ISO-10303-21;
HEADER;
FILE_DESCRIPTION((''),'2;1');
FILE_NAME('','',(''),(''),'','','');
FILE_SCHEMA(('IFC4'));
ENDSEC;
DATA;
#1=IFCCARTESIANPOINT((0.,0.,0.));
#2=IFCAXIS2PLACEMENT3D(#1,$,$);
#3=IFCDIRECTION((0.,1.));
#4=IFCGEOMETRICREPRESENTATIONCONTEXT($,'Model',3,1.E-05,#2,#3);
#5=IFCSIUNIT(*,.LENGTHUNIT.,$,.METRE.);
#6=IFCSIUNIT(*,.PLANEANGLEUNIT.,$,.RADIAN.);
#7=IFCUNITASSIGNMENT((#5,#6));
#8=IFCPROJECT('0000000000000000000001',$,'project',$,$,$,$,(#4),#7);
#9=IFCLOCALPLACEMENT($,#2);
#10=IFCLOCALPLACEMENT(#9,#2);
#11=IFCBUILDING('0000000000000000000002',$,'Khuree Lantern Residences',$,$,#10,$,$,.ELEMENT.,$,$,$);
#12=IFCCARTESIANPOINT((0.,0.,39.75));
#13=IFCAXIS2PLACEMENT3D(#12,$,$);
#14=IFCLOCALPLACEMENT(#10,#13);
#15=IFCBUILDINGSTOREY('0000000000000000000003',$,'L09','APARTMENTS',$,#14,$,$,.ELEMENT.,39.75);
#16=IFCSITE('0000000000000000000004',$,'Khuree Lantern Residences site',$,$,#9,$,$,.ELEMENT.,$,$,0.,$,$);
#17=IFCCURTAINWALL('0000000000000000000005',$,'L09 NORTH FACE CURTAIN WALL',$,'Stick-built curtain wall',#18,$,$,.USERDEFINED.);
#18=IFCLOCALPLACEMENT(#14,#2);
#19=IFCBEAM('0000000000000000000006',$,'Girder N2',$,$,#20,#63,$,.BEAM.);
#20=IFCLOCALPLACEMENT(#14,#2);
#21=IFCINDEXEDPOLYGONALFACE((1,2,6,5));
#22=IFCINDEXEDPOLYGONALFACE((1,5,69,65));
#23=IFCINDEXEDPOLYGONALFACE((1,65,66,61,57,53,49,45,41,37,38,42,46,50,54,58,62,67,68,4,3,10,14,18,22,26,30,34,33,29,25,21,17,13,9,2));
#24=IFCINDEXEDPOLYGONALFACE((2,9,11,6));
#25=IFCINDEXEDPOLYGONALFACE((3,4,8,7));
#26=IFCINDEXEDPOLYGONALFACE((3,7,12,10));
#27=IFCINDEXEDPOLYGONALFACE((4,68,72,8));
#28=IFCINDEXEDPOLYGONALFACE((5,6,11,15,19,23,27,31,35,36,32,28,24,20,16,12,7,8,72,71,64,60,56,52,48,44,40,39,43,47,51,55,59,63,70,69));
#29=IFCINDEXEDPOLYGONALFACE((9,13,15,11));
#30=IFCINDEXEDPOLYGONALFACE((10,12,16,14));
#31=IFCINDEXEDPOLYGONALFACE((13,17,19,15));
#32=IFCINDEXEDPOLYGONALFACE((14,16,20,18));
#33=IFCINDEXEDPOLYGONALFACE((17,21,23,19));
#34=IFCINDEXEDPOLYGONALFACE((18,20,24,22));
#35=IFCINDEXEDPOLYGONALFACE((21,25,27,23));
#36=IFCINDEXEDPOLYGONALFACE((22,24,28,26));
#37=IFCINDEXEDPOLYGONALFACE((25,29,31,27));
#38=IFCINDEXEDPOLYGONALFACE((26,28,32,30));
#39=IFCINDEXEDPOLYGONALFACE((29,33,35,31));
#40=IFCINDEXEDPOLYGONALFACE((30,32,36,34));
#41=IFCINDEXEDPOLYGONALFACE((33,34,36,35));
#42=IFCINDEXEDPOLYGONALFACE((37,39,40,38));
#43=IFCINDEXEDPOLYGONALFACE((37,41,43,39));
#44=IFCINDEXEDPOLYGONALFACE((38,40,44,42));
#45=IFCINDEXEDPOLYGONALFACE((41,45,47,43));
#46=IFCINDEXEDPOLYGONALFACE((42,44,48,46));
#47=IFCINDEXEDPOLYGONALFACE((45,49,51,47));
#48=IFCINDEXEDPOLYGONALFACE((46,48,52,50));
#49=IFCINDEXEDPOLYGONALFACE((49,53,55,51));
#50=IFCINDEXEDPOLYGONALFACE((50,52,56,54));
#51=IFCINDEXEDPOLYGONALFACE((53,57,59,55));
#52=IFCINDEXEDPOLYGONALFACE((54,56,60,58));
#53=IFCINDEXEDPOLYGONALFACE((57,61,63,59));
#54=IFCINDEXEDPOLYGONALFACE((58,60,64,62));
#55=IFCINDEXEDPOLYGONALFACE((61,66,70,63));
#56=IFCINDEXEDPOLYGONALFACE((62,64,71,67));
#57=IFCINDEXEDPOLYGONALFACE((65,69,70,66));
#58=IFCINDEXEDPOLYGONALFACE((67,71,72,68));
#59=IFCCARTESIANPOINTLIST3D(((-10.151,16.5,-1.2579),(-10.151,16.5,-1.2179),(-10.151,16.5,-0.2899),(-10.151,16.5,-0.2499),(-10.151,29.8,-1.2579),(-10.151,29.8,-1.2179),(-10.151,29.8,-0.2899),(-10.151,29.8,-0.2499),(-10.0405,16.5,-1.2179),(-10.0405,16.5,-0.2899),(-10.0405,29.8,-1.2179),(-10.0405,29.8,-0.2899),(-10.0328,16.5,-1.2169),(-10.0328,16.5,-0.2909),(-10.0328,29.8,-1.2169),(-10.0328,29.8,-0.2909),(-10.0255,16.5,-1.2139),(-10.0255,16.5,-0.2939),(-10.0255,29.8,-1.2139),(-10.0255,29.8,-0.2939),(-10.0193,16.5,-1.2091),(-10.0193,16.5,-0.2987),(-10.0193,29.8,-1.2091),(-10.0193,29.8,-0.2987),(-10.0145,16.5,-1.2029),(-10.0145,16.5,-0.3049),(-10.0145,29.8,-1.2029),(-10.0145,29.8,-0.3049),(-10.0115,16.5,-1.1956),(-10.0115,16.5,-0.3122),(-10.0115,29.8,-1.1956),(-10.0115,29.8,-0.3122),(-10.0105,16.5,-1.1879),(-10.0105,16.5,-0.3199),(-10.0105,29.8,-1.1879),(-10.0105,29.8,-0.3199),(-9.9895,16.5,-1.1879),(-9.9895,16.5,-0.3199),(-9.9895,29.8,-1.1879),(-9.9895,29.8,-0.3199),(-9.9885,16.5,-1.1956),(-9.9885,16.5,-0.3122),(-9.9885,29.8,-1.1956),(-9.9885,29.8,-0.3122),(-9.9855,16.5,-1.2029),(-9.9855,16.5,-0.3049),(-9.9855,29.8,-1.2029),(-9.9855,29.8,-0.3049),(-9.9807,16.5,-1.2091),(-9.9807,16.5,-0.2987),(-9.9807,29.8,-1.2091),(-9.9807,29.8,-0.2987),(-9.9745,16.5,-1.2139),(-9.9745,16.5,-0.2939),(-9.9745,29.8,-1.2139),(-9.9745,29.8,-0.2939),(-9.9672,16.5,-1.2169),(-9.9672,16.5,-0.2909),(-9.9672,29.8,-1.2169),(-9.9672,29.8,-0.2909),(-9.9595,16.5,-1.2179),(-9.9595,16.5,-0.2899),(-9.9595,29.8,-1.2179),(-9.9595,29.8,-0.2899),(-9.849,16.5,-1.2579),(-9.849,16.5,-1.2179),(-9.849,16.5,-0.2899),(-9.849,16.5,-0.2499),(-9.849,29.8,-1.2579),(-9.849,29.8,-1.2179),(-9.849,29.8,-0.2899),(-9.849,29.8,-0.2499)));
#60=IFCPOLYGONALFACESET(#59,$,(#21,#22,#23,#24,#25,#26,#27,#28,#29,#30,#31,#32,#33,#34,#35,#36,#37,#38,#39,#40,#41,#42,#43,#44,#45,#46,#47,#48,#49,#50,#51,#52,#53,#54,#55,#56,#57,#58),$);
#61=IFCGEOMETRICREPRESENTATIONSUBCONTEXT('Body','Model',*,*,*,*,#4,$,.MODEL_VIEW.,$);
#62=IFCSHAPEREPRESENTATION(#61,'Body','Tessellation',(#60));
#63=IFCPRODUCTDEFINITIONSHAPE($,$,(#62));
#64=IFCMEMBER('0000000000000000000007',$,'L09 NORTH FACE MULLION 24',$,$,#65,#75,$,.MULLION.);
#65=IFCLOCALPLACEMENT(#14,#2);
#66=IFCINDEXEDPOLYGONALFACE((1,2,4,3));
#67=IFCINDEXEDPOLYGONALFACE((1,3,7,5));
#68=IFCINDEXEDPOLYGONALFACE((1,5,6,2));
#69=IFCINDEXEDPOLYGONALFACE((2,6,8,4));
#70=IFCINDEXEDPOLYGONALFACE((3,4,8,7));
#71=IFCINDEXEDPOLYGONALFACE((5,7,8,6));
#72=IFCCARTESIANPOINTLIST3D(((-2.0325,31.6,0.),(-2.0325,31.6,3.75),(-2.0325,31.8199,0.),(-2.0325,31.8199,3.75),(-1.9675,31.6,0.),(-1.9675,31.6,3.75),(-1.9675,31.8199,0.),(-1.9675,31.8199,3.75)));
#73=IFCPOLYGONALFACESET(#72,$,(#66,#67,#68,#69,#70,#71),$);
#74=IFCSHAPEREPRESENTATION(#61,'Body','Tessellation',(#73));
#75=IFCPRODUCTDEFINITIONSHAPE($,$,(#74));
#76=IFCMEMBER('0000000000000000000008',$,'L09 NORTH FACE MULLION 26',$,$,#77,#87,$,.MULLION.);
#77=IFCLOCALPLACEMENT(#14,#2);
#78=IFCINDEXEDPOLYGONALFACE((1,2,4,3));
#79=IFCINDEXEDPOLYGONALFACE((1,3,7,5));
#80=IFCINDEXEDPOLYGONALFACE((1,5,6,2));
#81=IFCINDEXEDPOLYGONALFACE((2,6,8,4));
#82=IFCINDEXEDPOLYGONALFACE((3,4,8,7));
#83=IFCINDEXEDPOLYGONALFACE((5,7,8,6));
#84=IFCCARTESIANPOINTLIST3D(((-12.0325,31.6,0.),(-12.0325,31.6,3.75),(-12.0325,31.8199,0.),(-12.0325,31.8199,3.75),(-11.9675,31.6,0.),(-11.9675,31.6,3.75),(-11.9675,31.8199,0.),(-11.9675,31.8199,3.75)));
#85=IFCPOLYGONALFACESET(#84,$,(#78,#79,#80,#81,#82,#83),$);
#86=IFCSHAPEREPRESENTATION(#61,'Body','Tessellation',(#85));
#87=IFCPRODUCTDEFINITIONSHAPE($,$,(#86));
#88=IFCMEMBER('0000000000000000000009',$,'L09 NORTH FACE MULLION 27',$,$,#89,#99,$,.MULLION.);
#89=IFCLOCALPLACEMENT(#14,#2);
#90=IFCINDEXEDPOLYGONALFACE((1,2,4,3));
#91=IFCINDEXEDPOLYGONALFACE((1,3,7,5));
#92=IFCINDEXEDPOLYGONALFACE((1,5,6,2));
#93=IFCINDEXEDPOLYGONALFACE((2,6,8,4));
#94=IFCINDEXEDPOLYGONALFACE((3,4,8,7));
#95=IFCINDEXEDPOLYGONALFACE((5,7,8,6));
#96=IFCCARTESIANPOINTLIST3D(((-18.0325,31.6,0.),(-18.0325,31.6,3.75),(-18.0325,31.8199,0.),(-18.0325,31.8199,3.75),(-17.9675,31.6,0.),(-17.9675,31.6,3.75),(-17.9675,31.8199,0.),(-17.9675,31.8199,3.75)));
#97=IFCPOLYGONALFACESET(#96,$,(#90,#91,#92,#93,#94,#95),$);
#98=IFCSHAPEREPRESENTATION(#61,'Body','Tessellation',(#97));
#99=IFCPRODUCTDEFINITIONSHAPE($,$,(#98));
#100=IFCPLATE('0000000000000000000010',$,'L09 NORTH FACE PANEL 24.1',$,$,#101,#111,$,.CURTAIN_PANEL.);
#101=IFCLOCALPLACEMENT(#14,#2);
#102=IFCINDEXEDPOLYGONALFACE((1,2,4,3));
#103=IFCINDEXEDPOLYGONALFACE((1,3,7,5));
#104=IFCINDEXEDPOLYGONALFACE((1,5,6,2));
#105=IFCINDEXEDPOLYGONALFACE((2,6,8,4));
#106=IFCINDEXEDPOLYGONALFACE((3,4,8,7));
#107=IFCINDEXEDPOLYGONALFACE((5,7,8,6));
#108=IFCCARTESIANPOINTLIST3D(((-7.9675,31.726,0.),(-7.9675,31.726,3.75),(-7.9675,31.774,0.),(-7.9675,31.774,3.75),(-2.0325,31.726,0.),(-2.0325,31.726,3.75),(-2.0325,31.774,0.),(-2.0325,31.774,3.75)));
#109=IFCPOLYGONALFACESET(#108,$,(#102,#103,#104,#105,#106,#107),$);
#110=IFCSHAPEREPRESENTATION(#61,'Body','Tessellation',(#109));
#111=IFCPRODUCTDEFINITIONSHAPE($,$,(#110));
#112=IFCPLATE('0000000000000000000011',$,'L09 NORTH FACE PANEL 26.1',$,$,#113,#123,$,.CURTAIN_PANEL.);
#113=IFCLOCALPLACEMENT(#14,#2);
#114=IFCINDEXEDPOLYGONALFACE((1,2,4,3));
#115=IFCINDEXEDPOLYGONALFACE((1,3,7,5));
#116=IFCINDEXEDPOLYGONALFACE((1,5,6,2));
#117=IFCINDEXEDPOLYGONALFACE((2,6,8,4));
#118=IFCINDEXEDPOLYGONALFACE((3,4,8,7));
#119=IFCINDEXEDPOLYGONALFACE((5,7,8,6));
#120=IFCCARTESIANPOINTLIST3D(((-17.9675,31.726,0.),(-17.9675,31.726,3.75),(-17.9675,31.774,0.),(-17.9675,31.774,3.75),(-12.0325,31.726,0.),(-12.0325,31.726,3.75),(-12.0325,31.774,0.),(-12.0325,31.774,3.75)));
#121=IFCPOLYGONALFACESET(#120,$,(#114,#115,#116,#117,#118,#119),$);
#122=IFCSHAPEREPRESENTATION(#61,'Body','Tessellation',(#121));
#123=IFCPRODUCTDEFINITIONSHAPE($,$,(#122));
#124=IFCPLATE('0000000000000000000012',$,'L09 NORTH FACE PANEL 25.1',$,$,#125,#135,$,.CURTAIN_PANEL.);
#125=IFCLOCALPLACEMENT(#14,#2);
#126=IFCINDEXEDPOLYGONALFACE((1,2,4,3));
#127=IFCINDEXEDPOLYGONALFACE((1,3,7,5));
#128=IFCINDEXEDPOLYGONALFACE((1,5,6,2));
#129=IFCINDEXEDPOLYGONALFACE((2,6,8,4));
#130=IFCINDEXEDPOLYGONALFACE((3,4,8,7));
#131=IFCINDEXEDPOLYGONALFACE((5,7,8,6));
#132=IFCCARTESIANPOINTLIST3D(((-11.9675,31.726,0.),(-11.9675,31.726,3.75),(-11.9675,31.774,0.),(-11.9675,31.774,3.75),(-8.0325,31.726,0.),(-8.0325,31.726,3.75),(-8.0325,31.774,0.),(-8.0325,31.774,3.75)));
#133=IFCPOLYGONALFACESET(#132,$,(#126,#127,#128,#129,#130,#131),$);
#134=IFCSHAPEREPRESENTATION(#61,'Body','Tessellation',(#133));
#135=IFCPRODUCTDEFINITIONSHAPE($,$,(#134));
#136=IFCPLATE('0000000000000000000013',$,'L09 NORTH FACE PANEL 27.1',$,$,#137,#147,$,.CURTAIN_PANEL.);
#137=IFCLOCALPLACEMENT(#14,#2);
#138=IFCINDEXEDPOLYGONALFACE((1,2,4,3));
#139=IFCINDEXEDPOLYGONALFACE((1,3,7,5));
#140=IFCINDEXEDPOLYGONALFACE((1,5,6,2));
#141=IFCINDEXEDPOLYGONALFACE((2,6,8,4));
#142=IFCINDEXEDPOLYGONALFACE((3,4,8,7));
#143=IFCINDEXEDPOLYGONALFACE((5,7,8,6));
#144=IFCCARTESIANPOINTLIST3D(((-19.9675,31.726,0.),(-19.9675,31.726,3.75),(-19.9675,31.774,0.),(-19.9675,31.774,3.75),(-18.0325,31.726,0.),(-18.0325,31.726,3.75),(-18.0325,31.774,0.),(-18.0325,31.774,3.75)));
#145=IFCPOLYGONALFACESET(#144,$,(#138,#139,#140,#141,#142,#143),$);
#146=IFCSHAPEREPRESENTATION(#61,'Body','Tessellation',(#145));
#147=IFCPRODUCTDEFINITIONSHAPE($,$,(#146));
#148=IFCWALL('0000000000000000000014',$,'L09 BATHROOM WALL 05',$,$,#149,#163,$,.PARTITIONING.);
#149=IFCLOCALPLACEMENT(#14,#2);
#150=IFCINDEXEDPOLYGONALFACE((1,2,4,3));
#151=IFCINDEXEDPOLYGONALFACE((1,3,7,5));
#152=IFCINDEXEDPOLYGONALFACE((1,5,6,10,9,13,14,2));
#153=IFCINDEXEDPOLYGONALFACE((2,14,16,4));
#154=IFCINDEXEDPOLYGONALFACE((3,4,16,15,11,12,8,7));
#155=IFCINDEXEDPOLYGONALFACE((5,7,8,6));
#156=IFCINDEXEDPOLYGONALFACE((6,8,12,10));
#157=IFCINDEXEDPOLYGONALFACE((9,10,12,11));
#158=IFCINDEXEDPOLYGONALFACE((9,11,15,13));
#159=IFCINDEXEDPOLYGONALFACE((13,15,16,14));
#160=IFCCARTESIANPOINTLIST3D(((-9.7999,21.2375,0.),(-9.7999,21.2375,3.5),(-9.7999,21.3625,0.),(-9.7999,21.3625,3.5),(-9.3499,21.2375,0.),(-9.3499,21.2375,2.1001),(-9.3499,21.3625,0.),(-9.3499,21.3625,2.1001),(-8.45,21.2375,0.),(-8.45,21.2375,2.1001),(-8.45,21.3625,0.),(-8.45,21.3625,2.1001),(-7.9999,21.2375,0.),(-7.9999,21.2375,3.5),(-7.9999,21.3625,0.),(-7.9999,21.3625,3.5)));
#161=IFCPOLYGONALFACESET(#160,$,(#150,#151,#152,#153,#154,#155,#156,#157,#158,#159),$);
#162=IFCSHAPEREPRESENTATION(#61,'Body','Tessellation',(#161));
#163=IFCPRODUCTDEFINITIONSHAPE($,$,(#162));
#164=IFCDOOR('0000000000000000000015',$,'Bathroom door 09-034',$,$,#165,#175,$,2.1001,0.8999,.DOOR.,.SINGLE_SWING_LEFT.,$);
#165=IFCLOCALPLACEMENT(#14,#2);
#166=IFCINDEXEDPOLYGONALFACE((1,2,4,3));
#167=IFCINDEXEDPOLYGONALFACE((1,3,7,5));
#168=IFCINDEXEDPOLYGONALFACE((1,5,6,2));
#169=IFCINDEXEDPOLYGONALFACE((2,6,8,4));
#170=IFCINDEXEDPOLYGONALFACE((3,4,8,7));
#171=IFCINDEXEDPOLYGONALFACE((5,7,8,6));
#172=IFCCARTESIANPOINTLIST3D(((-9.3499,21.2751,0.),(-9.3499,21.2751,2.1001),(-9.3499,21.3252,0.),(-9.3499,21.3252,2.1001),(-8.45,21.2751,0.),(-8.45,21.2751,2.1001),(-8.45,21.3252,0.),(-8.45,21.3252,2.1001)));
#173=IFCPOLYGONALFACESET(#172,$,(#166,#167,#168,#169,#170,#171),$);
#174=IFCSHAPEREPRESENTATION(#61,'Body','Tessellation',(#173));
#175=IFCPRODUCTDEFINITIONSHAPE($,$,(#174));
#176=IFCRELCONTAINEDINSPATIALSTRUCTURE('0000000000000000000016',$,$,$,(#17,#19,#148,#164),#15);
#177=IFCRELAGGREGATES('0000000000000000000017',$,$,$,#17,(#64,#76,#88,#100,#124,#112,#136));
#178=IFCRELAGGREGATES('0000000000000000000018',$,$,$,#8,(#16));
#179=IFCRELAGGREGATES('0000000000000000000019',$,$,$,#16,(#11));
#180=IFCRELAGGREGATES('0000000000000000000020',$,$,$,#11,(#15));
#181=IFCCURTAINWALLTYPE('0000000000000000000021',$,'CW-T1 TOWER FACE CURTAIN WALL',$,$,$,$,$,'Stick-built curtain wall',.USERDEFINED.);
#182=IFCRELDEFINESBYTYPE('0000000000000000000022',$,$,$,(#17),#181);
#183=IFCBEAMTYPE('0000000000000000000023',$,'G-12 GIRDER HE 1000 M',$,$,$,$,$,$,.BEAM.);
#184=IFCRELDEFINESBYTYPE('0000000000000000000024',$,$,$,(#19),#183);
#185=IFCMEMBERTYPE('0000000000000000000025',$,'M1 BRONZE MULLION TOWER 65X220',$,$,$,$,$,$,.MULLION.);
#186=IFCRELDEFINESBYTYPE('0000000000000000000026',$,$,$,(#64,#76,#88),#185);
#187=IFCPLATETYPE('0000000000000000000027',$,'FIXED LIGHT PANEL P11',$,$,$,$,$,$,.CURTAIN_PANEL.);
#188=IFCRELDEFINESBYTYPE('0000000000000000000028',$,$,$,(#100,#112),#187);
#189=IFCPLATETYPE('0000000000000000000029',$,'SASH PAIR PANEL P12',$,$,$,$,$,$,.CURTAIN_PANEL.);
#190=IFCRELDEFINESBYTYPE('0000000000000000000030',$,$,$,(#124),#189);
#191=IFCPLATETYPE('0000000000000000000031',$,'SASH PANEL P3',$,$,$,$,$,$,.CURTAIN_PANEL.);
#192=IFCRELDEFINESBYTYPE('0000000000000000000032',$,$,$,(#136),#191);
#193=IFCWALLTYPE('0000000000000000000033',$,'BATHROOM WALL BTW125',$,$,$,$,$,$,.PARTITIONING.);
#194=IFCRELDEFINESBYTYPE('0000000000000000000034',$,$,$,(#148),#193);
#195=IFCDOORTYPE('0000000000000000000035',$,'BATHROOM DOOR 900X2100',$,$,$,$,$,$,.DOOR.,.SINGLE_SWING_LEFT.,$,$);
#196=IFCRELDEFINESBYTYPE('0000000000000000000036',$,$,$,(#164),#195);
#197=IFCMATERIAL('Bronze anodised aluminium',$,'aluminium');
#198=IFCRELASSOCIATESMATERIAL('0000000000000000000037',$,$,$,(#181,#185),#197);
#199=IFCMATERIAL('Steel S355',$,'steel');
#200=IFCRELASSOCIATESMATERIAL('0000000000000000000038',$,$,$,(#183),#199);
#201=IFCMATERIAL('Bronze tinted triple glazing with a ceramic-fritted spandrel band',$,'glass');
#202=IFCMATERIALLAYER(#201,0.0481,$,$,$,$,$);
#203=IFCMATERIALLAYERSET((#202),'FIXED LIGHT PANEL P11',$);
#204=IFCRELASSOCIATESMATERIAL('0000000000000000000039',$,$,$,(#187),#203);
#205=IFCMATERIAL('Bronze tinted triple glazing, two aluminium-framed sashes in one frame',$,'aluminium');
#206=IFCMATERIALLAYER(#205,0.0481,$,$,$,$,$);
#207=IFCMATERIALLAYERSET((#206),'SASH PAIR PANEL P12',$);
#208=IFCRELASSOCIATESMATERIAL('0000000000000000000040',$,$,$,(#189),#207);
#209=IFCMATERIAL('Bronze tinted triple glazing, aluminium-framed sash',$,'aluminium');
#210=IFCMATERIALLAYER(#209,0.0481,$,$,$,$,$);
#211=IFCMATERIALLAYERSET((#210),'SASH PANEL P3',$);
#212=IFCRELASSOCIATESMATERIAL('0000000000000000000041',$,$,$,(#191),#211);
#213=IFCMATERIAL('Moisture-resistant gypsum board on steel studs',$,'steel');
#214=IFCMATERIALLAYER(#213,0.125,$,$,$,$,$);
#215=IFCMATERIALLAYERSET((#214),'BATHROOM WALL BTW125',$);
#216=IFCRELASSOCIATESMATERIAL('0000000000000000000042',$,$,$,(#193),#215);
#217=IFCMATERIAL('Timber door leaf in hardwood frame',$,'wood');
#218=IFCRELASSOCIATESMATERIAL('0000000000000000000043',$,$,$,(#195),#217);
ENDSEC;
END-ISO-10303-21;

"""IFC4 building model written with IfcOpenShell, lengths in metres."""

from ifc_helpers import new_model, si_unit, direction, frame, frame_2d, origin, origin_2d, place, context, subcontext, project, spatial, rectangle, i_section, extrude, material, layer, layer_set, material_profile, profile_set, type_object, element, fill, aggregate, save


model = new_model("IFC4")

# Units and contexts
model_context = context("Model", 3, precision=1e-05, world=origin(), true_north=direction((0.0, 1.0)))
body_context = subcontext(model_context, "Body", "Model", "MODEL_VIEW")
ifc_project = project(units=[si_unit("LENGTHUNIT", "METRE"), si_unit("PLANEANGLEUNIT", "RADIAN")], contexts=[model_context])

# Site, building, storey
site_placement = place(None, origin())
site = spatial("IfcSite", under=ifc_project, at=site_placement, Name="Khuree Lantern Residences site", CompositionType="ELEMENT", RefElevation=0.0)
building_placement = place(site_placement, origin())
building = spatial("IfcBuilding", under=site, at=building_placement, Name="Khuree Lantern Residences", CompositionType="ELEMENT")
storey_placement = place(building_placement, frame((0.0, 0.0, 39.75)))
storey = spatial("IfcBuildingStorey", under=building, at=storey_placement, Name="L09", Description="APARTMENTS", CompositionType="ELEMENT", Elevation=39.75)

# Shared definitions
ifc_material_1 = material(Name="Steel S355", Category="steel")

# Curtain wall
ifc_material_2 = material(Name="Bronze anodised aluminium", Category="aluminium")
curtain_wall_type = type_object("IfcCurtainWallType", Name="CW-T1 TOWER FACE CURTAIN WALL", ElementType="Stick-built curtain wall", PredefinedType="USERDEFINED", material=ifc_material_2)
curtain_wall_placement = place(storey_placement, origin())
curtain_wall = element("IfcCurtainWall", 1, at=curtain_wall_placement, inside=storey, type_object=curtain_wall_type, Name="L09 NORTH FACE CURTAIN WALL", ObjectType="Stick-built curtain wall", PredefinedType="USERDEFINED")

# Beam
ifc_material_profile_1 = material_profile(ifc_material_1, i_section(OverallWidth=0.302, OverallDepth=1.0081, WebThickness=0.021, FlangeThickness=0.04, FilletRadius=0.03, at=origin_2d()), Name="HE 1000 M")
ifc_profile_set_1 = profile_set([ifc_material_profile_1], Name="Steel S355")
beam_type_1 = type_object("IfcBeamType", Name="G-12 GIRDER HE 1000 M", PredefinedType="BEAM", material=ifc_profile_set_1)
beam_1_placement = place(storey_placement, frame((-10.0, 29.8, -0.7539), z_axis=(0.0, -1.0, 0.0), x_axis=(1.0, 0.0, 0.0)))
element("IfcBeam", 2, at=beam_1_placement, inside=storey, type_object=beam_type_1, Name="Girder N2", PredefinedType="BEAM", context=body_context, shape_type="SweptSolid", body=[
    extrude(i_section(OverallWidth=0.302, OverallDepth=1.0081, WebThickness=0.021, FlangeThickness=0.04, FilletRadius=0.03, at=origin_2d()), origin(), (0.0, 0.0, 1.0), 13.3),
])

# Members
ifc_material_profile_2 = material_profile(ifc_material_2, rectangle(XDim=0.0649, YDim=0.22, at=origin_2d()), Name="M1 65X220")
ifc_profile_set_2 = profile_set([ifc_material_profile_2], Name="Bronze anodised aluminium")
member_type_1 = type_object("IfcMemberType", Name="M1 BRONZE MULLION TOWER 65X220", PredefinedType="MULLION", material=ifc_profile_set_2)
member_1_placement = place(storey_placement, frame((-2.0, 31.71, 0.0), z_axis=(0.0, 0.0, 1.0), x_axis=(-1.0, 0.0, 0.0)))
member_1 = element("IfcMember", 3, at=member_1_placement, type_object=member_type_1, Name="L09 NORTH FACE MULLION 24", PredefinedType="MULLION", context=body_context, shape_type="SweptSolid", body=[
    extrude(rectangle(XDim=0.0649, YDim=0.22, at=origin_2d()), origin(), (0.0, 0.0, 1.0), 3.75),
])
member_2_placement = place(storey_placement, frame((-12.0, 31.71, 0.0), z_axis=(0.0, 0.0, 1.0), x_axis=(-1.0, 0.0, 0.0)))
member_2 = element("IfcMember", 4, at=member_2_placement, type_object=member_type_1, Name="L09 NORTH FACE MULLION 26", PredefinedType="MULLION", context=body_context, shape_type="SweptSolid", body=[
    extrude(rectangle(XDim=0.0649, YDim=0.22, at=origin_2d()), origin(), (0.0, 0.0, 1.0), 3.75),
])
member_3_placement = place(storey_placement, frame((-18.0, 31.71, 0.0), z_axis=(0.0, 0.0, 1.0), x_axis=(-1.0, 0.0, 0.0)))
member_3 = element("IfcMember", 5, at=member_3_placement, type_object=member_type_1, Name="L09 NORTH FACE MULLION 27", PredefinedType="MULLION", context=body_context, shape_type="SweptSolid", body=[
    extrude(rectangle(XDim=0.0649, YDim=0.22, at=origin_2d()), origin(), (0.0, 0.0, 1.0), 3.75),
])

# Plates
ifc_material_3 = material(Name="Bronze tinted triple glazing with a ceramic-fritted spandrel band", Category="glass")
ifc_layer_1 = layer(ifc_material_3, 0.0481)
ifc_layer_set_1 = layer_set([ifc_layer_1], Name="FIXED LIGHT PANEL P11")
plate_type_1 = type_object("IfcPlateType", Name="FIXED LIGHT PANEL P11", PredefinedType="CURTAIN_PANEL", material=ifc_layer_set_1)
plate_1_placement = place(storey_placement, frame((-5.0, 31.75, 0.0), z_axis=(0.0, 0.0, 1.0), x_axis=(-1.0, 0.0, 0.0)))
plate_1 = element("IfcPlate", 6, at=plate_1_placement, type_object=plate_type_1, Name="L09 NORTH FACE PANEL 24.1", PredefinedType="CURTAIN_PANEL", context=body_context, shape_type="SweptSolid", body=[
    extrude(rectangle(XDim=5.9351, YDim=0.0481, at=origin_2d()), origin(), (0.0, 0.0, 1.0), 3.75),
])
plate_2_placement = place(storey_placement, frame((-15.0, 31.75, 0.0), z_axis=(0.0, 0.0, 1.0), x_axis=(-1.0, 0.0, 0.0)))
plate_2 = element("IfcPlate", 7, at=plate_2_placement, type_object=plate_type_1, Name="L09 NORTH FACE PANEL 26.1", PredefinedType="CURTAIN_PANEL", context=body_context, shape_type="SweptSolid", body=[
    extrude(rectangle(XDim=5.9351, YDim=0.0481, at=origin_2d()), origin(), (0.0, 0.0, 1.0), 3.75),
])
ifc_material_4 = material(Name="Bronze tinted triple glazing, two aluminium-framed sashes in one frame", Category="aluminium")
ifc_layer_2 = layer(ifc_material_4, 0.0481)
ifc_layer_set_2 = layer_set([ifc_layer_2], Name="SASH PAIR PANEL P12")
plate_type_2 = type_object("IfcPlateType", Name="SASH PAIR PANEL P12", PredefinedType="CURTAIN_PANEL", material=ifc_layer_set_2)
plate_3_placement = place(storey_placement, frame((-10.0, 31.75, 0.0), z_axis=(0.0, 0.0, 1.0), x_axis=(-1.0, 0.0, 0.0)))
plate_3 = element("IfcPlate", 8, at=plate_3_placement, type_object=plate_type_2, Name="L09 NORTH FACE PANEL 25.1", PredefinedType="CURTAIN_PANEL", context=body_context, shape_type="SweptSolid", body=[
    extrude(rectangle(XDim=3.9351, YDim=0.0481, at=origin_2d()), origin(), (0.0, 0.0, 1.0), 3.75),
])
ifc_material_5 = material(Name="Bronze tinted triple glazing, aluminium-framed sash", Category="aluminium")
ifc_layer_3 = layer(ifc_material_5, 0.0481)
ifc_layer_set_3 = layer_set([ifc_layer_3], Name="SASH PANEL P3")
plate_type_3 = type_object("IfcPlateType", Name="SASH PANEL P3", PredefinedType="CURTAIN_PANEL", material=ifc_layer_set_3)
plate_4_placement = place(storey_placement, frame((-19.0, 31.75, 0.0), z_axis=(0.0, 0.0, 1.0), x_axis=(-1.0, 0.0, 0.0)))
plate_4 = element("IfcPlate", 9, at=plate_4_placement, type_object=plate_type_3, Name="L09 NORTH FACE PANEL 27.1", PredefinedType="CURTAIN_PANEL", context=body_context, shape_type="SweptSolid", body=[
    extrude(rectangle(XDim=1.9351, YDim=0.0481, at=origin_2d()), origin(), (0.0, 0.0, 1.0), 3.75),
])
aggregate(curtain_wall, [member_1, member_2, member_3, plate_1, plate_3, plate_2, plate_4])

# Wall, opening, door
ifc_material_6 = material(Name="Moisture-resistant gypsum board on steel studs", Category="steel")
ifc_layer_4 = layer(ifc_material_6, 0.125)
ifc_layer_set_4 = layer_set([ifc_layer_4], Name="BATHROOM WALL BTW125")
wall_type_1 = type_object("IfcWallType", Name="BATHROOM WALL BTW125", PredefinedType="PARTITIONING", material=ifc_layer_set_4)
wall_1_placement = place(storey_placement, frame((-8.0, 21.3, 0.0), z_axis=(0.0, 0.0, 1.0), x_axis=(-1.0, 0.0, 0.0)))
wall_1 = element("IfcWall", 10, at=wall_1_placement, inside=storey, type_object=wall_type_1, Name="L09 BATHROOM WALL 05", PredefinedType="PARTITIONING", context=body_context, shape_type="SweptSolid", body=[
    extrude(rectangle(XDim=1.8, YDim=0.125, at=frame_2d((0.8999, 0.0))), origin(), (0.0, 0.0, 1.0), 3.5),
])
opening_1_placement = place(wall_1_placement, frame((0.45, 0.0, 0.0)))
opening_1 = element("IfcOpeningElement", 11, at=opening_1_placement, cuts=wall_1, PredefinedType="OPENING", context=body_context, shape_type="SweptSolid", body=[
    extrude(rectangle(XDim=0.8999, YDim=2.1001, at=frame_2d((0.45, 1.05))), frame((0.0, 0.0725, 0.0), z_axis=(0.0, -1.0, 0.0), x_axis=(1.0, 0.0, 0.0)), (0.0, 0.0, 1.0), 0.145),
])
ifc_material_7 = material(Name="Timber door leaf in hardwood frame", Category="wood")
door_type_1 = type_object("IfcDoorType", Name="BATHROOM DOOR 900X2100", OperationType="SINGLE_SWING_LEFT", PredefinedType="DOOR", material=ifc_material_7)
door_1_placement = place(opening_1_placement, origin())
door_1 = element("IfcDoor", 12, at=door_1_placement, inside=storey, type_object=door_type_1, Name="Bathroom door 09-034", OperationType="SINGLE_SWING_LEFT", OverallHeight=2.1001, OverallWidth=0.8999, PredefinedType="DOOR", context=body_context, shape_type="SweptSolid", body=[
    extrude(rectangle(XDim=0.8999, YDim=2.1001, at=frame_2d((0.45, 1.05))), frame((0.0, 0.0249, 0.0), z_axis=(0.0, -1.0, 0.0), x_axis=(1.0, 0.0, 0.0)), (0.0, 0.0, 1.0), 0.05),
])
fill(opening_1, door_1)

save(model, "model.ifc")
